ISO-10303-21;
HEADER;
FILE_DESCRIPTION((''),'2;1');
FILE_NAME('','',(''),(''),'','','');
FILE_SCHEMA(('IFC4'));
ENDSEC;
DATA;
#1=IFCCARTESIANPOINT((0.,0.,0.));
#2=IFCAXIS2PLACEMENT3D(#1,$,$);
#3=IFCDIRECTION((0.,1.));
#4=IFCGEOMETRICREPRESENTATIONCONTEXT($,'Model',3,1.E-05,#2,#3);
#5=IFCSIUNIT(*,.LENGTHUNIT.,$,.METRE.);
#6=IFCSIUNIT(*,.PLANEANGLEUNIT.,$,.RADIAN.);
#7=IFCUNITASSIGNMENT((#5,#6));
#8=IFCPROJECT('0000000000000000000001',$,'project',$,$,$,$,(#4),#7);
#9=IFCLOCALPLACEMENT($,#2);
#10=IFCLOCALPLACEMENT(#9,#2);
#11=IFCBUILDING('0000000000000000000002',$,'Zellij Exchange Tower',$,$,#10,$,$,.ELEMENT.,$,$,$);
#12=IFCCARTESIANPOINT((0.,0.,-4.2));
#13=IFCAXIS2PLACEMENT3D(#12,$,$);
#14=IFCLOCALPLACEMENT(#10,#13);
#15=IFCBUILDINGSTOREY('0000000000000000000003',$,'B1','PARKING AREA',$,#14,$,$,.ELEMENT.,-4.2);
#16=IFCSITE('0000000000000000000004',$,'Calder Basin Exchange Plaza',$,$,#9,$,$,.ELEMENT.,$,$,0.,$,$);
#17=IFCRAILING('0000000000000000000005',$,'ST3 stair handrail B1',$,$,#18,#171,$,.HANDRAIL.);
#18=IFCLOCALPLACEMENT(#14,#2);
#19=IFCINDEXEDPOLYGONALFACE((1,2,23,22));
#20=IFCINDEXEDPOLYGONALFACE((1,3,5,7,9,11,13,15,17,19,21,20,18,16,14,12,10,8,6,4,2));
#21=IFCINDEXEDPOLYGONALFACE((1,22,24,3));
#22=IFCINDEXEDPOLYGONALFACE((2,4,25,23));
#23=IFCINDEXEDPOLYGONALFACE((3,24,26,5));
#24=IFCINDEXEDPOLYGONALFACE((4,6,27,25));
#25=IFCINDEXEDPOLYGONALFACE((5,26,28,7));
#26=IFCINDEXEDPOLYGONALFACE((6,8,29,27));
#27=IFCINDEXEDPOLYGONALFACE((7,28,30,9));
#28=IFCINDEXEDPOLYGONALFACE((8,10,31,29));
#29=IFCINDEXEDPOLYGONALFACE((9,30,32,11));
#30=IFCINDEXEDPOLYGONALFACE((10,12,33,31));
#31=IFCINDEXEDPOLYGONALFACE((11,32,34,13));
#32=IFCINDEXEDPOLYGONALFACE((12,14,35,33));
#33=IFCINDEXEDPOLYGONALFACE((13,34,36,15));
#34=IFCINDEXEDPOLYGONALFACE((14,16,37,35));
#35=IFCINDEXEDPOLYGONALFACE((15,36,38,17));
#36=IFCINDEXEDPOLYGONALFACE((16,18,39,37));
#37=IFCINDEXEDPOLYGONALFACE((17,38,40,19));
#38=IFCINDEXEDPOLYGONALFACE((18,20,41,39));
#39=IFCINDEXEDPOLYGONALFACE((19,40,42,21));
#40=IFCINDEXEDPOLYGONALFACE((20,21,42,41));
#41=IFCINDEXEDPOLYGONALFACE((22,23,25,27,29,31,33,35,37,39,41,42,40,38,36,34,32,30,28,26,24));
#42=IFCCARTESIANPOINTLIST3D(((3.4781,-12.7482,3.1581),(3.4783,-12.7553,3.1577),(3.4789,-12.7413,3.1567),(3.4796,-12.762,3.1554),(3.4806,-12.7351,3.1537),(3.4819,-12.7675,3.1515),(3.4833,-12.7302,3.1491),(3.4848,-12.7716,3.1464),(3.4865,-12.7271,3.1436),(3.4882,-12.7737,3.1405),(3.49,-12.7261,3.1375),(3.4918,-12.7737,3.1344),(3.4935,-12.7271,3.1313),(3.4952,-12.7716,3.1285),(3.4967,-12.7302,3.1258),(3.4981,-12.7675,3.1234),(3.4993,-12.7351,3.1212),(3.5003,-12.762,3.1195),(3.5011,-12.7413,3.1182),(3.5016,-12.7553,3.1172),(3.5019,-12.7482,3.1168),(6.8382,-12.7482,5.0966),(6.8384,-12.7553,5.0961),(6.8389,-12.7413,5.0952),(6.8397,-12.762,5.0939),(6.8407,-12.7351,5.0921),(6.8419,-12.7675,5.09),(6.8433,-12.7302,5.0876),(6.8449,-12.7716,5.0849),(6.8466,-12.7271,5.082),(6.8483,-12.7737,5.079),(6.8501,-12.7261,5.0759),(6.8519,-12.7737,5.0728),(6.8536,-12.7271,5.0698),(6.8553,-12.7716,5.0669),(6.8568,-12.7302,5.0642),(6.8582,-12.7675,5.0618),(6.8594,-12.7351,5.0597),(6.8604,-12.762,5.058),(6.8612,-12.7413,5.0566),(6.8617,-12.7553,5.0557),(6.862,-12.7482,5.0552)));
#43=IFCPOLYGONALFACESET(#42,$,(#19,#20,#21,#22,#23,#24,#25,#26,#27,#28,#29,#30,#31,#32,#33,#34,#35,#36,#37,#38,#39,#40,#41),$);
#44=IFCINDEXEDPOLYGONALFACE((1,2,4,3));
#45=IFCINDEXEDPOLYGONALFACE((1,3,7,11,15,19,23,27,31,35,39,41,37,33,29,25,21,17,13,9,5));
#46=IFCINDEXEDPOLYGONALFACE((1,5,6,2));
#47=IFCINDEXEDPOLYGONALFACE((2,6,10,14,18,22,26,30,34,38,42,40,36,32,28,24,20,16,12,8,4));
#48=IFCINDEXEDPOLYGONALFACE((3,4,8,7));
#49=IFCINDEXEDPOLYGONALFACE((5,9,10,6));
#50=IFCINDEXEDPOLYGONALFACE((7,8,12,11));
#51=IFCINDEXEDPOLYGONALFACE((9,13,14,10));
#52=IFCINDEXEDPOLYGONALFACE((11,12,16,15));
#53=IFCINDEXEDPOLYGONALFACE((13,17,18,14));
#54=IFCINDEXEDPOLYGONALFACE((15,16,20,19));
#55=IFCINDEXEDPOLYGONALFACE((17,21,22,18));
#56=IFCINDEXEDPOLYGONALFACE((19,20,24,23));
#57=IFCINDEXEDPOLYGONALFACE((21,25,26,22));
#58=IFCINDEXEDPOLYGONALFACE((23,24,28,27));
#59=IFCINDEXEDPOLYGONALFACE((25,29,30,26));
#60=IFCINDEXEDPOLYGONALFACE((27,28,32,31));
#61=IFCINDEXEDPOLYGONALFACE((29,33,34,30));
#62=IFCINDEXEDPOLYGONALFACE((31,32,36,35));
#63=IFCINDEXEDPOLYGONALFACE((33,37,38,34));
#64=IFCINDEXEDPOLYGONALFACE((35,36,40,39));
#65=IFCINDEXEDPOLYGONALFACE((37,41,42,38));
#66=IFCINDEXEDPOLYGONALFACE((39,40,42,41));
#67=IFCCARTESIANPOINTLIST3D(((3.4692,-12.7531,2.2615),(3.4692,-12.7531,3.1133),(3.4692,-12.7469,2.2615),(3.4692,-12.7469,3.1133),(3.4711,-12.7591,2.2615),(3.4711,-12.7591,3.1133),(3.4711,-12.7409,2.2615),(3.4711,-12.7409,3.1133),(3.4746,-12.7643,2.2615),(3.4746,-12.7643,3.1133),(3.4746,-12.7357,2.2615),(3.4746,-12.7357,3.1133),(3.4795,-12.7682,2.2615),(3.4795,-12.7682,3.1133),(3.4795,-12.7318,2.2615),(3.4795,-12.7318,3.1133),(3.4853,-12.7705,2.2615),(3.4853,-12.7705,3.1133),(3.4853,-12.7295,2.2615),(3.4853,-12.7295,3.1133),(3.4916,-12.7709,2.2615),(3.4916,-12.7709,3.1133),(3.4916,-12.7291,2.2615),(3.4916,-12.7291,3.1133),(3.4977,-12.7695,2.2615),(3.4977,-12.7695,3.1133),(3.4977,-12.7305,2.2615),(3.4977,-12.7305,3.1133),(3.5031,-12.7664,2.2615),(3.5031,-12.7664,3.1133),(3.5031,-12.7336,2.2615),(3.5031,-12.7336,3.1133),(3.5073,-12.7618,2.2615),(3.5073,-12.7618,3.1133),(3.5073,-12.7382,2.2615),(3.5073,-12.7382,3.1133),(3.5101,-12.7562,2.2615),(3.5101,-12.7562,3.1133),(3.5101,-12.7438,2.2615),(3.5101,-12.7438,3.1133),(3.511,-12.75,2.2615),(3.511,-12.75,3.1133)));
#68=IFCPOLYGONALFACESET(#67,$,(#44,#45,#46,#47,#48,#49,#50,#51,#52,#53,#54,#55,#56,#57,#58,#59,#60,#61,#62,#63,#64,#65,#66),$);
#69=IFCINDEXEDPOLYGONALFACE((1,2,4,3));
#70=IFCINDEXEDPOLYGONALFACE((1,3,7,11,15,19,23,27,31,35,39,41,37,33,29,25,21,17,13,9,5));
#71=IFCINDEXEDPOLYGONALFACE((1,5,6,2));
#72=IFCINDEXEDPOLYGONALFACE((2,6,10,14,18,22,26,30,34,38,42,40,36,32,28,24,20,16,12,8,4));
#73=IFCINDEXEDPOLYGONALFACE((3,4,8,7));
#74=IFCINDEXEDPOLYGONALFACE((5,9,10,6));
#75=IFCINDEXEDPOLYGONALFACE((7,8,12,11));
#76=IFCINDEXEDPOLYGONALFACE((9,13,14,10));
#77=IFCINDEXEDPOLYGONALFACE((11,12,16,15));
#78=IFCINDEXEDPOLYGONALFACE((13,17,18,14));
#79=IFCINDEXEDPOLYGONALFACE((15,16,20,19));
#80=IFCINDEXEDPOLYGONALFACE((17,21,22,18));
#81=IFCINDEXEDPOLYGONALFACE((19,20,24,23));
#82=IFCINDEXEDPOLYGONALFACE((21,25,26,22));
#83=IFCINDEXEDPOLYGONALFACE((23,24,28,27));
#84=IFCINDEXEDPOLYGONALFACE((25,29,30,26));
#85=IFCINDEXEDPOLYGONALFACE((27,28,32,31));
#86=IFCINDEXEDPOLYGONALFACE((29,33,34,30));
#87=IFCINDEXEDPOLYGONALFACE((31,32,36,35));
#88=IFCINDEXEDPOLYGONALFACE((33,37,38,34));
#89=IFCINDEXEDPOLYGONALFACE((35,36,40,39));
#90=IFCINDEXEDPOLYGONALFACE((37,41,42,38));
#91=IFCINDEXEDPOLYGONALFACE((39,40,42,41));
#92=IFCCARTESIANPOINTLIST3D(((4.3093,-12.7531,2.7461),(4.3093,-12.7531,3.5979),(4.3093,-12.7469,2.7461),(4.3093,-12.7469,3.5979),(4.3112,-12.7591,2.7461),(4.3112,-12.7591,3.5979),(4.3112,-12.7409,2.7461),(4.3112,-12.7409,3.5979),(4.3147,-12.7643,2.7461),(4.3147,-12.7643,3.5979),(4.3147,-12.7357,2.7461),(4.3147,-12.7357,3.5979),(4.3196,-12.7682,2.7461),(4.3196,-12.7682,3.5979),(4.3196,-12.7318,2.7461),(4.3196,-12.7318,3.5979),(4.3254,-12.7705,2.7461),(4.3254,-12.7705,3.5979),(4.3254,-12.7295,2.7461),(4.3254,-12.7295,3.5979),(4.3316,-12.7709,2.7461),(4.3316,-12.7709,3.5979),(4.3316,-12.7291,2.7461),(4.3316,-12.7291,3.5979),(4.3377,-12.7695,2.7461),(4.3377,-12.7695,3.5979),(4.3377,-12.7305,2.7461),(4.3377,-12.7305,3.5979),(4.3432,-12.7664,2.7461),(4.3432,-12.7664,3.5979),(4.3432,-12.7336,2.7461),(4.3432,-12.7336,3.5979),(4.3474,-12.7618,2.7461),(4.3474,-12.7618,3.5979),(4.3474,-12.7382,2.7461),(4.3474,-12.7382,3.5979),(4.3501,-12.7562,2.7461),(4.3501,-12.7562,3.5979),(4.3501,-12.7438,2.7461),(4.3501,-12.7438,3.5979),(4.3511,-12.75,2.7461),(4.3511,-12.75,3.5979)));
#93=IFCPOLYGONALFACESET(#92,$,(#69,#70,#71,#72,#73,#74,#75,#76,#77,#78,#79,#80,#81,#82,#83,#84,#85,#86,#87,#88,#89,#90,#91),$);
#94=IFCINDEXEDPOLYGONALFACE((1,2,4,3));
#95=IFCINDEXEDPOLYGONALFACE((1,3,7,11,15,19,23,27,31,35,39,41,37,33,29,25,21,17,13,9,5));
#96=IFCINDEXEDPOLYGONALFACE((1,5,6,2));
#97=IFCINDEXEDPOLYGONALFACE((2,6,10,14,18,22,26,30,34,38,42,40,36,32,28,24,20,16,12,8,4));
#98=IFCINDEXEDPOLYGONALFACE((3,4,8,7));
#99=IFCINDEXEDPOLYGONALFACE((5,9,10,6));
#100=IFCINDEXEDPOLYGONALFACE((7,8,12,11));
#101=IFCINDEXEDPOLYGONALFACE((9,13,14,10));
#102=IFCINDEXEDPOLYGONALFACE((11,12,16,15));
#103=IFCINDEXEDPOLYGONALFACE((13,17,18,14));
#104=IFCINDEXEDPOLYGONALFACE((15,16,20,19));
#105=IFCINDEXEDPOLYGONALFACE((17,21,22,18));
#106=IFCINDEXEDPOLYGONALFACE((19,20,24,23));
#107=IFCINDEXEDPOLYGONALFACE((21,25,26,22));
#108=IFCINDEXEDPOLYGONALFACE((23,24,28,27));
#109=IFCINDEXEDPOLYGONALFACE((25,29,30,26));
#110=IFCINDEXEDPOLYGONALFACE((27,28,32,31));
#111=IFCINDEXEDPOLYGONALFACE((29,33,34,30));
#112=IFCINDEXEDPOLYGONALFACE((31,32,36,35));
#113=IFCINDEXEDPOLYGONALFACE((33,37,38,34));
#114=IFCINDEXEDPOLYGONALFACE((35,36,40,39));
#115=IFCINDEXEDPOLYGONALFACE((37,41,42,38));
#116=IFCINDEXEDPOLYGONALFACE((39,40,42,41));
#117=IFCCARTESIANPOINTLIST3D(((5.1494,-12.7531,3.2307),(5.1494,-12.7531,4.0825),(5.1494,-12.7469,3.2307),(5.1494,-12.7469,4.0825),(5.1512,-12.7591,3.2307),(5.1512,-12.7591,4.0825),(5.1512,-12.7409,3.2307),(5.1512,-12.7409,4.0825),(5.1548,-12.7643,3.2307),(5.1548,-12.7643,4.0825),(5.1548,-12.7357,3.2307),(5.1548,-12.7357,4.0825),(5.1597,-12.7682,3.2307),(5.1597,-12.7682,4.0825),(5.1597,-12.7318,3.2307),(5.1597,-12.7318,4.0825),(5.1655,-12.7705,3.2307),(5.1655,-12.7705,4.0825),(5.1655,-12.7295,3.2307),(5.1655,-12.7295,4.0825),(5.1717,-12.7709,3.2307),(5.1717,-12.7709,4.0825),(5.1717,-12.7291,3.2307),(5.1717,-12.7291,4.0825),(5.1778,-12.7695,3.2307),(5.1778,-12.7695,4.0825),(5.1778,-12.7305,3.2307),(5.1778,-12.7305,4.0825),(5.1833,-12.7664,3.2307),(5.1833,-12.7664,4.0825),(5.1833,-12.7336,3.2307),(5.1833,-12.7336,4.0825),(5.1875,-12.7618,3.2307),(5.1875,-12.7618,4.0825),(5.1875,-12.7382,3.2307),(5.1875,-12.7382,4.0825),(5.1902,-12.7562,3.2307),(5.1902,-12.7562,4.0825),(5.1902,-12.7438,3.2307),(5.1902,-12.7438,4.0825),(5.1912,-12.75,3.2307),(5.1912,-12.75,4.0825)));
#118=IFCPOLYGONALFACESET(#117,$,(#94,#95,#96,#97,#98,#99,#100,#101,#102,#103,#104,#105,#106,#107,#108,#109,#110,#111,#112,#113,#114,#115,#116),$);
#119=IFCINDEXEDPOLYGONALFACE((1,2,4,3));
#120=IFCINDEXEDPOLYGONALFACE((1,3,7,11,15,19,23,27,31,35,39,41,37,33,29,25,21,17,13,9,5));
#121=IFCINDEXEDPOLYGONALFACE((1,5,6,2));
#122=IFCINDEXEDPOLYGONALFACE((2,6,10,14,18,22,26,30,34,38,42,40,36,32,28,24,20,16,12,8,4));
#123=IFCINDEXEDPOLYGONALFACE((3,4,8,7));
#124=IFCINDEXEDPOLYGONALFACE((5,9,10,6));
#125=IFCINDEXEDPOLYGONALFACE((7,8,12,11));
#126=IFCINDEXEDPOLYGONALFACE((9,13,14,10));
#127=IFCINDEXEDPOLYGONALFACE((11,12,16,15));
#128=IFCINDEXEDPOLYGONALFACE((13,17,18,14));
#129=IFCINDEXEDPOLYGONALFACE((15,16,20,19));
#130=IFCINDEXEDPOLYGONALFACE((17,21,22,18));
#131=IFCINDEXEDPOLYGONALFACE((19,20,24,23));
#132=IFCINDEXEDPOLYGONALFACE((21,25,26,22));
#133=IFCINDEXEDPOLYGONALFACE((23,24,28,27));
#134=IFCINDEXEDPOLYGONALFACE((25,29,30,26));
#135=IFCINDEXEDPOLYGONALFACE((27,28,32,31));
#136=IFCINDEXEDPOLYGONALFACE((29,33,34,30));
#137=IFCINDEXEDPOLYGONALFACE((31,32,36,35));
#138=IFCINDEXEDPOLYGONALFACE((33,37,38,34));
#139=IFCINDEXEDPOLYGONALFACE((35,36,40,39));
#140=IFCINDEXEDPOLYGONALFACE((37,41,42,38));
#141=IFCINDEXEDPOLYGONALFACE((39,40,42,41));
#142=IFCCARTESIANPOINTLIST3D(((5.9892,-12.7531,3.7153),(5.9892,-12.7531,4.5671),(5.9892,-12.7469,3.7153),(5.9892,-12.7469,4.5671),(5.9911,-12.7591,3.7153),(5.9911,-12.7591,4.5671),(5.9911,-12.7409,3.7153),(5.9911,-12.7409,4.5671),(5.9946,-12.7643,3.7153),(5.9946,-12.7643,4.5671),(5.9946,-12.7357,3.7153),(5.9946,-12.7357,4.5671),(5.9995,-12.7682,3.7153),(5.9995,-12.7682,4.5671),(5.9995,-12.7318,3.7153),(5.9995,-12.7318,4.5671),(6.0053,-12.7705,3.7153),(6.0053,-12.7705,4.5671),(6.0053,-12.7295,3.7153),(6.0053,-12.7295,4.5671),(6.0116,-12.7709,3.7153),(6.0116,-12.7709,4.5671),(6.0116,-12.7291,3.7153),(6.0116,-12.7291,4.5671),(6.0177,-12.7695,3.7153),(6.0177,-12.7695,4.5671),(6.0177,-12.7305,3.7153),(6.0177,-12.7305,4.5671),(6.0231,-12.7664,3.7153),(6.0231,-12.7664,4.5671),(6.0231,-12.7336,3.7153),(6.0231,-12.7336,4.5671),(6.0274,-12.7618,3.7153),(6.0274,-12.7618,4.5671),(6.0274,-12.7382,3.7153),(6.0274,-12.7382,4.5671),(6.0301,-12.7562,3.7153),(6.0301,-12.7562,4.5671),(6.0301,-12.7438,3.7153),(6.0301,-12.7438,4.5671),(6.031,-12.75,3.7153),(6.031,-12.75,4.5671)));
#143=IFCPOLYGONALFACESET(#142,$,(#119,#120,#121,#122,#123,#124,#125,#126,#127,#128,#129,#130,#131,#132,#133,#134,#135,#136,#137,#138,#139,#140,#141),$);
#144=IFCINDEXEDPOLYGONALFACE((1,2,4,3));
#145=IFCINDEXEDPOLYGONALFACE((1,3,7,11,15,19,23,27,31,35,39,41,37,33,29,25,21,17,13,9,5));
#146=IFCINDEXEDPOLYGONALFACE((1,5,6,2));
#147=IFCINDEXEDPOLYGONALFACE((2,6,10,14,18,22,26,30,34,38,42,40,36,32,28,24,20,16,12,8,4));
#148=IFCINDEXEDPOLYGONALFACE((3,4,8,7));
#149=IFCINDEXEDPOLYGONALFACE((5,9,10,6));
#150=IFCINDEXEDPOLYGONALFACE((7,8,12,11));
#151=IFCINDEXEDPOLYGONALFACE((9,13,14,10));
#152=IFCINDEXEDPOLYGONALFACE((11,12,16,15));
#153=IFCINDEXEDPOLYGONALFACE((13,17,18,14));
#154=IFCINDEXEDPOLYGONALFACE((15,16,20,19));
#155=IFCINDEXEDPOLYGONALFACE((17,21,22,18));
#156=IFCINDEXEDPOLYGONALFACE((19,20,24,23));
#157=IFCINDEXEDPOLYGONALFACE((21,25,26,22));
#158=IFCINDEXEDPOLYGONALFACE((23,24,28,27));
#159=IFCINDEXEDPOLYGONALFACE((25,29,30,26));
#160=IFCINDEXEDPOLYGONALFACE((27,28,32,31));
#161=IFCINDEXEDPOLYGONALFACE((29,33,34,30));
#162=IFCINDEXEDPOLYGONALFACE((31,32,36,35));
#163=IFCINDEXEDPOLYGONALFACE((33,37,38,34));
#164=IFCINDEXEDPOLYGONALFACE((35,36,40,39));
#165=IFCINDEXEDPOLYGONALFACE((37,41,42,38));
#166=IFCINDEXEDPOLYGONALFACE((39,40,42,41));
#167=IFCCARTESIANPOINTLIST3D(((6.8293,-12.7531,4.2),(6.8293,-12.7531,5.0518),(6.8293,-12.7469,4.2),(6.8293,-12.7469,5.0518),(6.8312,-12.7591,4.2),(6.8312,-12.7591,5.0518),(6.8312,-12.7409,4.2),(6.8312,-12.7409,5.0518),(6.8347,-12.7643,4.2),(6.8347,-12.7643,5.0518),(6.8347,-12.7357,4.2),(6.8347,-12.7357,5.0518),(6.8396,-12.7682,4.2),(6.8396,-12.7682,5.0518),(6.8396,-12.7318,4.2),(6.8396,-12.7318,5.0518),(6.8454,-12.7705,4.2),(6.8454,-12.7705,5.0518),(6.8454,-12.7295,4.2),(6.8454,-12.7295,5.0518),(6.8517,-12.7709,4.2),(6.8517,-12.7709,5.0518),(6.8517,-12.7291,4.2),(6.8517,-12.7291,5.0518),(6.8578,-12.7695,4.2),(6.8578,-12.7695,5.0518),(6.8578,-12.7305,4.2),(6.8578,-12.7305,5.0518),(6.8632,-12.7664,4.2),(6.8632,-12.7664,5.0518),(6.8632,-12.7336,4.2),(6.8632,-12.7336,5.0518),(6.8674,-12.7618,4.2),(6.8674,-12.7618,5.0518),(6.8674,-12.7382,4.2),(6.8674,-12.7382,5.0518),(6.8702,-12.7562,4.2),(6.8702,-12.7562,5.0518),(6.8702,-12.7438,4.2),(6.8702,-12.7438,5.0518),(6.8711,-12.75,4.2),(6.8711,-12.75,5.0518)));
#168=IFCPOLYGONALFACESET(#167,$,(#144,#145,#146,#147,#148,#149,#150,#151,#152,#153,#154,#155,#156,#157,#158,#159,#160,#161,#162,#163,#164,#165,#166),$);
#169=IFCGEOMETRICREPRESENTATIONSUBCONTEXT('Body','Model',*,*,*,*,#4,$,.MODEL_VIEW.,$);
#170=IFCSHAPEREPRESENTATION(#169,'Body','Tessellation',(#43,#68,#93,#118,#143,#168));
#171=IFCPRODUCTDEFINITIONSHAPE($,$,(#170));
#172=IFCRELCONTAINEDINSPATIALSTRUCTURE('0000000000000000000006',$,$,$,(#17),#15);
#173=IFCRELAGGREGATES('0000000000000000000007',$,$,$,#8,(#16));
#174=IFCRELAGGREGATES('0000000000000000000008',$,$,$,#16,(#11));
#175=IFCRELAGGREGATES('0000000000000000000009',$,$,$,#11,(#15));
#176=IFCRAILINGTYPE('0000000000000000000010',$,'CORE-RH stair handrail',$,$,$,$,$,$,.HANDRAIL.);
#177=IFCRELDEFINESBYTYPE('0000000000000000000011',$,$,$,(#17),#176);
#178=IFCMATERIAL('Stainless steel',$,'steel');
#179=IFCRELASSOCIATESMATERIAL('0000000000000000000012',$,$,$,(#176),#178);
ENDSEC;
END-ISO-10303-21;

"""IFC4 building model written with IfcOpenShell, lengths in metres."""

from ifc_helpers import new_model, si_unit, direction, frame, origin, origin_2d, place, context, subcontext, project, spatial, circle, extrude, material, type_object, element, save


model = new_model("IFC4")

# Units and contexts
model_context = context("Model", 3, precision=1e-05, world=origin(), true_north=direction((0.0, 1.0)))
body_context = subcontext(model_context, "Body", "Model", "MODEL_VIEW")
ifc_project = project(units=[si_unit("LENGTHUNIT", "METRE"), si_unit("PLANEANGLEUNIT", "RADIAN")], contexts=[model_context])

# Site, building, storey
site_placement = place(None, origin())
site = spatial("IfcSite", under=ifc_project, at=site_placement, Name="Calder Basin Exchange Plaza", CompositionType="ELEMENT", RefElevation=0.0)
building_placement = place(site_placement, origin())
building = spatial("IfcBuilding", under=site, at=building_placement, Name="Zellij Exchange Tower", CompositionType="ELEMENT")
storey_placement = place(building_placement, frame((0.0, 0.0, -4.2)))
storey = spatial("IfcBuildingStorey", under=building, at=storey_placement, Name="B1", Description="PARKING AREA", CompositionType="ELEMENT", Elevation=-4.2)

# Railing
ifc_material_1 = material(Name="Stainless steel", Category="steel")
railing_type_1 = type_object("IfcRailingType", Name="CORE-RH stair handrail", PredefinedType="HANDRAIL", material=ifc_material_1)
railing_1_placement = place(storey_placement, frame((3.49, -12.75, 2.2615)))
element("IfcRailing", 1, at=railing_1_placement, inside=storey, type_object=railing_type_1, Name="ST3 stair handrail B1", PredefinedType="HANDRAIL", context=body_context, shape_type="SweptSolid", body=[
    extrude(circle(Radius=0.0239, at=origin_2d()), frame((0.0, 0.0, 0.876), z_axis=(0.866191, 0.0, 0.499713), x_axis=(0.0, 1.0, 0.0)), (0.0, 0.0, 1.0), 3.8792),
    extrude(circle(Radius=0.021, at=origin_2d()), origin(), (0.0, 0.0, 1.0), 0.8518),
    extrude(circle(Radius=0.021, at=origin_2d()), frame((0.8401, 0.0, 0.4846)), (0.0, 0.0, 1.0), 0.8518),
    extrude(circle(Radius=0.021, at=origin_2d()), frame((1.6802, 0.0, 0.9692)), (0.0, 0.0, 1.0), 0.8518),
    extrude(circle(Radius=0.021, at=origin_2d()), frame((2.52, 0.0, 1.4539)), (0.0, 0.0, 1.0), 0.8518),
    extrude(circle(Radius=0.021, at=origin_2d()), frame((3.3601, 0.0, 1.9385)), (0.0, 0.0, 1.0), 0.8518),
])

save(model, "model.ifc")
